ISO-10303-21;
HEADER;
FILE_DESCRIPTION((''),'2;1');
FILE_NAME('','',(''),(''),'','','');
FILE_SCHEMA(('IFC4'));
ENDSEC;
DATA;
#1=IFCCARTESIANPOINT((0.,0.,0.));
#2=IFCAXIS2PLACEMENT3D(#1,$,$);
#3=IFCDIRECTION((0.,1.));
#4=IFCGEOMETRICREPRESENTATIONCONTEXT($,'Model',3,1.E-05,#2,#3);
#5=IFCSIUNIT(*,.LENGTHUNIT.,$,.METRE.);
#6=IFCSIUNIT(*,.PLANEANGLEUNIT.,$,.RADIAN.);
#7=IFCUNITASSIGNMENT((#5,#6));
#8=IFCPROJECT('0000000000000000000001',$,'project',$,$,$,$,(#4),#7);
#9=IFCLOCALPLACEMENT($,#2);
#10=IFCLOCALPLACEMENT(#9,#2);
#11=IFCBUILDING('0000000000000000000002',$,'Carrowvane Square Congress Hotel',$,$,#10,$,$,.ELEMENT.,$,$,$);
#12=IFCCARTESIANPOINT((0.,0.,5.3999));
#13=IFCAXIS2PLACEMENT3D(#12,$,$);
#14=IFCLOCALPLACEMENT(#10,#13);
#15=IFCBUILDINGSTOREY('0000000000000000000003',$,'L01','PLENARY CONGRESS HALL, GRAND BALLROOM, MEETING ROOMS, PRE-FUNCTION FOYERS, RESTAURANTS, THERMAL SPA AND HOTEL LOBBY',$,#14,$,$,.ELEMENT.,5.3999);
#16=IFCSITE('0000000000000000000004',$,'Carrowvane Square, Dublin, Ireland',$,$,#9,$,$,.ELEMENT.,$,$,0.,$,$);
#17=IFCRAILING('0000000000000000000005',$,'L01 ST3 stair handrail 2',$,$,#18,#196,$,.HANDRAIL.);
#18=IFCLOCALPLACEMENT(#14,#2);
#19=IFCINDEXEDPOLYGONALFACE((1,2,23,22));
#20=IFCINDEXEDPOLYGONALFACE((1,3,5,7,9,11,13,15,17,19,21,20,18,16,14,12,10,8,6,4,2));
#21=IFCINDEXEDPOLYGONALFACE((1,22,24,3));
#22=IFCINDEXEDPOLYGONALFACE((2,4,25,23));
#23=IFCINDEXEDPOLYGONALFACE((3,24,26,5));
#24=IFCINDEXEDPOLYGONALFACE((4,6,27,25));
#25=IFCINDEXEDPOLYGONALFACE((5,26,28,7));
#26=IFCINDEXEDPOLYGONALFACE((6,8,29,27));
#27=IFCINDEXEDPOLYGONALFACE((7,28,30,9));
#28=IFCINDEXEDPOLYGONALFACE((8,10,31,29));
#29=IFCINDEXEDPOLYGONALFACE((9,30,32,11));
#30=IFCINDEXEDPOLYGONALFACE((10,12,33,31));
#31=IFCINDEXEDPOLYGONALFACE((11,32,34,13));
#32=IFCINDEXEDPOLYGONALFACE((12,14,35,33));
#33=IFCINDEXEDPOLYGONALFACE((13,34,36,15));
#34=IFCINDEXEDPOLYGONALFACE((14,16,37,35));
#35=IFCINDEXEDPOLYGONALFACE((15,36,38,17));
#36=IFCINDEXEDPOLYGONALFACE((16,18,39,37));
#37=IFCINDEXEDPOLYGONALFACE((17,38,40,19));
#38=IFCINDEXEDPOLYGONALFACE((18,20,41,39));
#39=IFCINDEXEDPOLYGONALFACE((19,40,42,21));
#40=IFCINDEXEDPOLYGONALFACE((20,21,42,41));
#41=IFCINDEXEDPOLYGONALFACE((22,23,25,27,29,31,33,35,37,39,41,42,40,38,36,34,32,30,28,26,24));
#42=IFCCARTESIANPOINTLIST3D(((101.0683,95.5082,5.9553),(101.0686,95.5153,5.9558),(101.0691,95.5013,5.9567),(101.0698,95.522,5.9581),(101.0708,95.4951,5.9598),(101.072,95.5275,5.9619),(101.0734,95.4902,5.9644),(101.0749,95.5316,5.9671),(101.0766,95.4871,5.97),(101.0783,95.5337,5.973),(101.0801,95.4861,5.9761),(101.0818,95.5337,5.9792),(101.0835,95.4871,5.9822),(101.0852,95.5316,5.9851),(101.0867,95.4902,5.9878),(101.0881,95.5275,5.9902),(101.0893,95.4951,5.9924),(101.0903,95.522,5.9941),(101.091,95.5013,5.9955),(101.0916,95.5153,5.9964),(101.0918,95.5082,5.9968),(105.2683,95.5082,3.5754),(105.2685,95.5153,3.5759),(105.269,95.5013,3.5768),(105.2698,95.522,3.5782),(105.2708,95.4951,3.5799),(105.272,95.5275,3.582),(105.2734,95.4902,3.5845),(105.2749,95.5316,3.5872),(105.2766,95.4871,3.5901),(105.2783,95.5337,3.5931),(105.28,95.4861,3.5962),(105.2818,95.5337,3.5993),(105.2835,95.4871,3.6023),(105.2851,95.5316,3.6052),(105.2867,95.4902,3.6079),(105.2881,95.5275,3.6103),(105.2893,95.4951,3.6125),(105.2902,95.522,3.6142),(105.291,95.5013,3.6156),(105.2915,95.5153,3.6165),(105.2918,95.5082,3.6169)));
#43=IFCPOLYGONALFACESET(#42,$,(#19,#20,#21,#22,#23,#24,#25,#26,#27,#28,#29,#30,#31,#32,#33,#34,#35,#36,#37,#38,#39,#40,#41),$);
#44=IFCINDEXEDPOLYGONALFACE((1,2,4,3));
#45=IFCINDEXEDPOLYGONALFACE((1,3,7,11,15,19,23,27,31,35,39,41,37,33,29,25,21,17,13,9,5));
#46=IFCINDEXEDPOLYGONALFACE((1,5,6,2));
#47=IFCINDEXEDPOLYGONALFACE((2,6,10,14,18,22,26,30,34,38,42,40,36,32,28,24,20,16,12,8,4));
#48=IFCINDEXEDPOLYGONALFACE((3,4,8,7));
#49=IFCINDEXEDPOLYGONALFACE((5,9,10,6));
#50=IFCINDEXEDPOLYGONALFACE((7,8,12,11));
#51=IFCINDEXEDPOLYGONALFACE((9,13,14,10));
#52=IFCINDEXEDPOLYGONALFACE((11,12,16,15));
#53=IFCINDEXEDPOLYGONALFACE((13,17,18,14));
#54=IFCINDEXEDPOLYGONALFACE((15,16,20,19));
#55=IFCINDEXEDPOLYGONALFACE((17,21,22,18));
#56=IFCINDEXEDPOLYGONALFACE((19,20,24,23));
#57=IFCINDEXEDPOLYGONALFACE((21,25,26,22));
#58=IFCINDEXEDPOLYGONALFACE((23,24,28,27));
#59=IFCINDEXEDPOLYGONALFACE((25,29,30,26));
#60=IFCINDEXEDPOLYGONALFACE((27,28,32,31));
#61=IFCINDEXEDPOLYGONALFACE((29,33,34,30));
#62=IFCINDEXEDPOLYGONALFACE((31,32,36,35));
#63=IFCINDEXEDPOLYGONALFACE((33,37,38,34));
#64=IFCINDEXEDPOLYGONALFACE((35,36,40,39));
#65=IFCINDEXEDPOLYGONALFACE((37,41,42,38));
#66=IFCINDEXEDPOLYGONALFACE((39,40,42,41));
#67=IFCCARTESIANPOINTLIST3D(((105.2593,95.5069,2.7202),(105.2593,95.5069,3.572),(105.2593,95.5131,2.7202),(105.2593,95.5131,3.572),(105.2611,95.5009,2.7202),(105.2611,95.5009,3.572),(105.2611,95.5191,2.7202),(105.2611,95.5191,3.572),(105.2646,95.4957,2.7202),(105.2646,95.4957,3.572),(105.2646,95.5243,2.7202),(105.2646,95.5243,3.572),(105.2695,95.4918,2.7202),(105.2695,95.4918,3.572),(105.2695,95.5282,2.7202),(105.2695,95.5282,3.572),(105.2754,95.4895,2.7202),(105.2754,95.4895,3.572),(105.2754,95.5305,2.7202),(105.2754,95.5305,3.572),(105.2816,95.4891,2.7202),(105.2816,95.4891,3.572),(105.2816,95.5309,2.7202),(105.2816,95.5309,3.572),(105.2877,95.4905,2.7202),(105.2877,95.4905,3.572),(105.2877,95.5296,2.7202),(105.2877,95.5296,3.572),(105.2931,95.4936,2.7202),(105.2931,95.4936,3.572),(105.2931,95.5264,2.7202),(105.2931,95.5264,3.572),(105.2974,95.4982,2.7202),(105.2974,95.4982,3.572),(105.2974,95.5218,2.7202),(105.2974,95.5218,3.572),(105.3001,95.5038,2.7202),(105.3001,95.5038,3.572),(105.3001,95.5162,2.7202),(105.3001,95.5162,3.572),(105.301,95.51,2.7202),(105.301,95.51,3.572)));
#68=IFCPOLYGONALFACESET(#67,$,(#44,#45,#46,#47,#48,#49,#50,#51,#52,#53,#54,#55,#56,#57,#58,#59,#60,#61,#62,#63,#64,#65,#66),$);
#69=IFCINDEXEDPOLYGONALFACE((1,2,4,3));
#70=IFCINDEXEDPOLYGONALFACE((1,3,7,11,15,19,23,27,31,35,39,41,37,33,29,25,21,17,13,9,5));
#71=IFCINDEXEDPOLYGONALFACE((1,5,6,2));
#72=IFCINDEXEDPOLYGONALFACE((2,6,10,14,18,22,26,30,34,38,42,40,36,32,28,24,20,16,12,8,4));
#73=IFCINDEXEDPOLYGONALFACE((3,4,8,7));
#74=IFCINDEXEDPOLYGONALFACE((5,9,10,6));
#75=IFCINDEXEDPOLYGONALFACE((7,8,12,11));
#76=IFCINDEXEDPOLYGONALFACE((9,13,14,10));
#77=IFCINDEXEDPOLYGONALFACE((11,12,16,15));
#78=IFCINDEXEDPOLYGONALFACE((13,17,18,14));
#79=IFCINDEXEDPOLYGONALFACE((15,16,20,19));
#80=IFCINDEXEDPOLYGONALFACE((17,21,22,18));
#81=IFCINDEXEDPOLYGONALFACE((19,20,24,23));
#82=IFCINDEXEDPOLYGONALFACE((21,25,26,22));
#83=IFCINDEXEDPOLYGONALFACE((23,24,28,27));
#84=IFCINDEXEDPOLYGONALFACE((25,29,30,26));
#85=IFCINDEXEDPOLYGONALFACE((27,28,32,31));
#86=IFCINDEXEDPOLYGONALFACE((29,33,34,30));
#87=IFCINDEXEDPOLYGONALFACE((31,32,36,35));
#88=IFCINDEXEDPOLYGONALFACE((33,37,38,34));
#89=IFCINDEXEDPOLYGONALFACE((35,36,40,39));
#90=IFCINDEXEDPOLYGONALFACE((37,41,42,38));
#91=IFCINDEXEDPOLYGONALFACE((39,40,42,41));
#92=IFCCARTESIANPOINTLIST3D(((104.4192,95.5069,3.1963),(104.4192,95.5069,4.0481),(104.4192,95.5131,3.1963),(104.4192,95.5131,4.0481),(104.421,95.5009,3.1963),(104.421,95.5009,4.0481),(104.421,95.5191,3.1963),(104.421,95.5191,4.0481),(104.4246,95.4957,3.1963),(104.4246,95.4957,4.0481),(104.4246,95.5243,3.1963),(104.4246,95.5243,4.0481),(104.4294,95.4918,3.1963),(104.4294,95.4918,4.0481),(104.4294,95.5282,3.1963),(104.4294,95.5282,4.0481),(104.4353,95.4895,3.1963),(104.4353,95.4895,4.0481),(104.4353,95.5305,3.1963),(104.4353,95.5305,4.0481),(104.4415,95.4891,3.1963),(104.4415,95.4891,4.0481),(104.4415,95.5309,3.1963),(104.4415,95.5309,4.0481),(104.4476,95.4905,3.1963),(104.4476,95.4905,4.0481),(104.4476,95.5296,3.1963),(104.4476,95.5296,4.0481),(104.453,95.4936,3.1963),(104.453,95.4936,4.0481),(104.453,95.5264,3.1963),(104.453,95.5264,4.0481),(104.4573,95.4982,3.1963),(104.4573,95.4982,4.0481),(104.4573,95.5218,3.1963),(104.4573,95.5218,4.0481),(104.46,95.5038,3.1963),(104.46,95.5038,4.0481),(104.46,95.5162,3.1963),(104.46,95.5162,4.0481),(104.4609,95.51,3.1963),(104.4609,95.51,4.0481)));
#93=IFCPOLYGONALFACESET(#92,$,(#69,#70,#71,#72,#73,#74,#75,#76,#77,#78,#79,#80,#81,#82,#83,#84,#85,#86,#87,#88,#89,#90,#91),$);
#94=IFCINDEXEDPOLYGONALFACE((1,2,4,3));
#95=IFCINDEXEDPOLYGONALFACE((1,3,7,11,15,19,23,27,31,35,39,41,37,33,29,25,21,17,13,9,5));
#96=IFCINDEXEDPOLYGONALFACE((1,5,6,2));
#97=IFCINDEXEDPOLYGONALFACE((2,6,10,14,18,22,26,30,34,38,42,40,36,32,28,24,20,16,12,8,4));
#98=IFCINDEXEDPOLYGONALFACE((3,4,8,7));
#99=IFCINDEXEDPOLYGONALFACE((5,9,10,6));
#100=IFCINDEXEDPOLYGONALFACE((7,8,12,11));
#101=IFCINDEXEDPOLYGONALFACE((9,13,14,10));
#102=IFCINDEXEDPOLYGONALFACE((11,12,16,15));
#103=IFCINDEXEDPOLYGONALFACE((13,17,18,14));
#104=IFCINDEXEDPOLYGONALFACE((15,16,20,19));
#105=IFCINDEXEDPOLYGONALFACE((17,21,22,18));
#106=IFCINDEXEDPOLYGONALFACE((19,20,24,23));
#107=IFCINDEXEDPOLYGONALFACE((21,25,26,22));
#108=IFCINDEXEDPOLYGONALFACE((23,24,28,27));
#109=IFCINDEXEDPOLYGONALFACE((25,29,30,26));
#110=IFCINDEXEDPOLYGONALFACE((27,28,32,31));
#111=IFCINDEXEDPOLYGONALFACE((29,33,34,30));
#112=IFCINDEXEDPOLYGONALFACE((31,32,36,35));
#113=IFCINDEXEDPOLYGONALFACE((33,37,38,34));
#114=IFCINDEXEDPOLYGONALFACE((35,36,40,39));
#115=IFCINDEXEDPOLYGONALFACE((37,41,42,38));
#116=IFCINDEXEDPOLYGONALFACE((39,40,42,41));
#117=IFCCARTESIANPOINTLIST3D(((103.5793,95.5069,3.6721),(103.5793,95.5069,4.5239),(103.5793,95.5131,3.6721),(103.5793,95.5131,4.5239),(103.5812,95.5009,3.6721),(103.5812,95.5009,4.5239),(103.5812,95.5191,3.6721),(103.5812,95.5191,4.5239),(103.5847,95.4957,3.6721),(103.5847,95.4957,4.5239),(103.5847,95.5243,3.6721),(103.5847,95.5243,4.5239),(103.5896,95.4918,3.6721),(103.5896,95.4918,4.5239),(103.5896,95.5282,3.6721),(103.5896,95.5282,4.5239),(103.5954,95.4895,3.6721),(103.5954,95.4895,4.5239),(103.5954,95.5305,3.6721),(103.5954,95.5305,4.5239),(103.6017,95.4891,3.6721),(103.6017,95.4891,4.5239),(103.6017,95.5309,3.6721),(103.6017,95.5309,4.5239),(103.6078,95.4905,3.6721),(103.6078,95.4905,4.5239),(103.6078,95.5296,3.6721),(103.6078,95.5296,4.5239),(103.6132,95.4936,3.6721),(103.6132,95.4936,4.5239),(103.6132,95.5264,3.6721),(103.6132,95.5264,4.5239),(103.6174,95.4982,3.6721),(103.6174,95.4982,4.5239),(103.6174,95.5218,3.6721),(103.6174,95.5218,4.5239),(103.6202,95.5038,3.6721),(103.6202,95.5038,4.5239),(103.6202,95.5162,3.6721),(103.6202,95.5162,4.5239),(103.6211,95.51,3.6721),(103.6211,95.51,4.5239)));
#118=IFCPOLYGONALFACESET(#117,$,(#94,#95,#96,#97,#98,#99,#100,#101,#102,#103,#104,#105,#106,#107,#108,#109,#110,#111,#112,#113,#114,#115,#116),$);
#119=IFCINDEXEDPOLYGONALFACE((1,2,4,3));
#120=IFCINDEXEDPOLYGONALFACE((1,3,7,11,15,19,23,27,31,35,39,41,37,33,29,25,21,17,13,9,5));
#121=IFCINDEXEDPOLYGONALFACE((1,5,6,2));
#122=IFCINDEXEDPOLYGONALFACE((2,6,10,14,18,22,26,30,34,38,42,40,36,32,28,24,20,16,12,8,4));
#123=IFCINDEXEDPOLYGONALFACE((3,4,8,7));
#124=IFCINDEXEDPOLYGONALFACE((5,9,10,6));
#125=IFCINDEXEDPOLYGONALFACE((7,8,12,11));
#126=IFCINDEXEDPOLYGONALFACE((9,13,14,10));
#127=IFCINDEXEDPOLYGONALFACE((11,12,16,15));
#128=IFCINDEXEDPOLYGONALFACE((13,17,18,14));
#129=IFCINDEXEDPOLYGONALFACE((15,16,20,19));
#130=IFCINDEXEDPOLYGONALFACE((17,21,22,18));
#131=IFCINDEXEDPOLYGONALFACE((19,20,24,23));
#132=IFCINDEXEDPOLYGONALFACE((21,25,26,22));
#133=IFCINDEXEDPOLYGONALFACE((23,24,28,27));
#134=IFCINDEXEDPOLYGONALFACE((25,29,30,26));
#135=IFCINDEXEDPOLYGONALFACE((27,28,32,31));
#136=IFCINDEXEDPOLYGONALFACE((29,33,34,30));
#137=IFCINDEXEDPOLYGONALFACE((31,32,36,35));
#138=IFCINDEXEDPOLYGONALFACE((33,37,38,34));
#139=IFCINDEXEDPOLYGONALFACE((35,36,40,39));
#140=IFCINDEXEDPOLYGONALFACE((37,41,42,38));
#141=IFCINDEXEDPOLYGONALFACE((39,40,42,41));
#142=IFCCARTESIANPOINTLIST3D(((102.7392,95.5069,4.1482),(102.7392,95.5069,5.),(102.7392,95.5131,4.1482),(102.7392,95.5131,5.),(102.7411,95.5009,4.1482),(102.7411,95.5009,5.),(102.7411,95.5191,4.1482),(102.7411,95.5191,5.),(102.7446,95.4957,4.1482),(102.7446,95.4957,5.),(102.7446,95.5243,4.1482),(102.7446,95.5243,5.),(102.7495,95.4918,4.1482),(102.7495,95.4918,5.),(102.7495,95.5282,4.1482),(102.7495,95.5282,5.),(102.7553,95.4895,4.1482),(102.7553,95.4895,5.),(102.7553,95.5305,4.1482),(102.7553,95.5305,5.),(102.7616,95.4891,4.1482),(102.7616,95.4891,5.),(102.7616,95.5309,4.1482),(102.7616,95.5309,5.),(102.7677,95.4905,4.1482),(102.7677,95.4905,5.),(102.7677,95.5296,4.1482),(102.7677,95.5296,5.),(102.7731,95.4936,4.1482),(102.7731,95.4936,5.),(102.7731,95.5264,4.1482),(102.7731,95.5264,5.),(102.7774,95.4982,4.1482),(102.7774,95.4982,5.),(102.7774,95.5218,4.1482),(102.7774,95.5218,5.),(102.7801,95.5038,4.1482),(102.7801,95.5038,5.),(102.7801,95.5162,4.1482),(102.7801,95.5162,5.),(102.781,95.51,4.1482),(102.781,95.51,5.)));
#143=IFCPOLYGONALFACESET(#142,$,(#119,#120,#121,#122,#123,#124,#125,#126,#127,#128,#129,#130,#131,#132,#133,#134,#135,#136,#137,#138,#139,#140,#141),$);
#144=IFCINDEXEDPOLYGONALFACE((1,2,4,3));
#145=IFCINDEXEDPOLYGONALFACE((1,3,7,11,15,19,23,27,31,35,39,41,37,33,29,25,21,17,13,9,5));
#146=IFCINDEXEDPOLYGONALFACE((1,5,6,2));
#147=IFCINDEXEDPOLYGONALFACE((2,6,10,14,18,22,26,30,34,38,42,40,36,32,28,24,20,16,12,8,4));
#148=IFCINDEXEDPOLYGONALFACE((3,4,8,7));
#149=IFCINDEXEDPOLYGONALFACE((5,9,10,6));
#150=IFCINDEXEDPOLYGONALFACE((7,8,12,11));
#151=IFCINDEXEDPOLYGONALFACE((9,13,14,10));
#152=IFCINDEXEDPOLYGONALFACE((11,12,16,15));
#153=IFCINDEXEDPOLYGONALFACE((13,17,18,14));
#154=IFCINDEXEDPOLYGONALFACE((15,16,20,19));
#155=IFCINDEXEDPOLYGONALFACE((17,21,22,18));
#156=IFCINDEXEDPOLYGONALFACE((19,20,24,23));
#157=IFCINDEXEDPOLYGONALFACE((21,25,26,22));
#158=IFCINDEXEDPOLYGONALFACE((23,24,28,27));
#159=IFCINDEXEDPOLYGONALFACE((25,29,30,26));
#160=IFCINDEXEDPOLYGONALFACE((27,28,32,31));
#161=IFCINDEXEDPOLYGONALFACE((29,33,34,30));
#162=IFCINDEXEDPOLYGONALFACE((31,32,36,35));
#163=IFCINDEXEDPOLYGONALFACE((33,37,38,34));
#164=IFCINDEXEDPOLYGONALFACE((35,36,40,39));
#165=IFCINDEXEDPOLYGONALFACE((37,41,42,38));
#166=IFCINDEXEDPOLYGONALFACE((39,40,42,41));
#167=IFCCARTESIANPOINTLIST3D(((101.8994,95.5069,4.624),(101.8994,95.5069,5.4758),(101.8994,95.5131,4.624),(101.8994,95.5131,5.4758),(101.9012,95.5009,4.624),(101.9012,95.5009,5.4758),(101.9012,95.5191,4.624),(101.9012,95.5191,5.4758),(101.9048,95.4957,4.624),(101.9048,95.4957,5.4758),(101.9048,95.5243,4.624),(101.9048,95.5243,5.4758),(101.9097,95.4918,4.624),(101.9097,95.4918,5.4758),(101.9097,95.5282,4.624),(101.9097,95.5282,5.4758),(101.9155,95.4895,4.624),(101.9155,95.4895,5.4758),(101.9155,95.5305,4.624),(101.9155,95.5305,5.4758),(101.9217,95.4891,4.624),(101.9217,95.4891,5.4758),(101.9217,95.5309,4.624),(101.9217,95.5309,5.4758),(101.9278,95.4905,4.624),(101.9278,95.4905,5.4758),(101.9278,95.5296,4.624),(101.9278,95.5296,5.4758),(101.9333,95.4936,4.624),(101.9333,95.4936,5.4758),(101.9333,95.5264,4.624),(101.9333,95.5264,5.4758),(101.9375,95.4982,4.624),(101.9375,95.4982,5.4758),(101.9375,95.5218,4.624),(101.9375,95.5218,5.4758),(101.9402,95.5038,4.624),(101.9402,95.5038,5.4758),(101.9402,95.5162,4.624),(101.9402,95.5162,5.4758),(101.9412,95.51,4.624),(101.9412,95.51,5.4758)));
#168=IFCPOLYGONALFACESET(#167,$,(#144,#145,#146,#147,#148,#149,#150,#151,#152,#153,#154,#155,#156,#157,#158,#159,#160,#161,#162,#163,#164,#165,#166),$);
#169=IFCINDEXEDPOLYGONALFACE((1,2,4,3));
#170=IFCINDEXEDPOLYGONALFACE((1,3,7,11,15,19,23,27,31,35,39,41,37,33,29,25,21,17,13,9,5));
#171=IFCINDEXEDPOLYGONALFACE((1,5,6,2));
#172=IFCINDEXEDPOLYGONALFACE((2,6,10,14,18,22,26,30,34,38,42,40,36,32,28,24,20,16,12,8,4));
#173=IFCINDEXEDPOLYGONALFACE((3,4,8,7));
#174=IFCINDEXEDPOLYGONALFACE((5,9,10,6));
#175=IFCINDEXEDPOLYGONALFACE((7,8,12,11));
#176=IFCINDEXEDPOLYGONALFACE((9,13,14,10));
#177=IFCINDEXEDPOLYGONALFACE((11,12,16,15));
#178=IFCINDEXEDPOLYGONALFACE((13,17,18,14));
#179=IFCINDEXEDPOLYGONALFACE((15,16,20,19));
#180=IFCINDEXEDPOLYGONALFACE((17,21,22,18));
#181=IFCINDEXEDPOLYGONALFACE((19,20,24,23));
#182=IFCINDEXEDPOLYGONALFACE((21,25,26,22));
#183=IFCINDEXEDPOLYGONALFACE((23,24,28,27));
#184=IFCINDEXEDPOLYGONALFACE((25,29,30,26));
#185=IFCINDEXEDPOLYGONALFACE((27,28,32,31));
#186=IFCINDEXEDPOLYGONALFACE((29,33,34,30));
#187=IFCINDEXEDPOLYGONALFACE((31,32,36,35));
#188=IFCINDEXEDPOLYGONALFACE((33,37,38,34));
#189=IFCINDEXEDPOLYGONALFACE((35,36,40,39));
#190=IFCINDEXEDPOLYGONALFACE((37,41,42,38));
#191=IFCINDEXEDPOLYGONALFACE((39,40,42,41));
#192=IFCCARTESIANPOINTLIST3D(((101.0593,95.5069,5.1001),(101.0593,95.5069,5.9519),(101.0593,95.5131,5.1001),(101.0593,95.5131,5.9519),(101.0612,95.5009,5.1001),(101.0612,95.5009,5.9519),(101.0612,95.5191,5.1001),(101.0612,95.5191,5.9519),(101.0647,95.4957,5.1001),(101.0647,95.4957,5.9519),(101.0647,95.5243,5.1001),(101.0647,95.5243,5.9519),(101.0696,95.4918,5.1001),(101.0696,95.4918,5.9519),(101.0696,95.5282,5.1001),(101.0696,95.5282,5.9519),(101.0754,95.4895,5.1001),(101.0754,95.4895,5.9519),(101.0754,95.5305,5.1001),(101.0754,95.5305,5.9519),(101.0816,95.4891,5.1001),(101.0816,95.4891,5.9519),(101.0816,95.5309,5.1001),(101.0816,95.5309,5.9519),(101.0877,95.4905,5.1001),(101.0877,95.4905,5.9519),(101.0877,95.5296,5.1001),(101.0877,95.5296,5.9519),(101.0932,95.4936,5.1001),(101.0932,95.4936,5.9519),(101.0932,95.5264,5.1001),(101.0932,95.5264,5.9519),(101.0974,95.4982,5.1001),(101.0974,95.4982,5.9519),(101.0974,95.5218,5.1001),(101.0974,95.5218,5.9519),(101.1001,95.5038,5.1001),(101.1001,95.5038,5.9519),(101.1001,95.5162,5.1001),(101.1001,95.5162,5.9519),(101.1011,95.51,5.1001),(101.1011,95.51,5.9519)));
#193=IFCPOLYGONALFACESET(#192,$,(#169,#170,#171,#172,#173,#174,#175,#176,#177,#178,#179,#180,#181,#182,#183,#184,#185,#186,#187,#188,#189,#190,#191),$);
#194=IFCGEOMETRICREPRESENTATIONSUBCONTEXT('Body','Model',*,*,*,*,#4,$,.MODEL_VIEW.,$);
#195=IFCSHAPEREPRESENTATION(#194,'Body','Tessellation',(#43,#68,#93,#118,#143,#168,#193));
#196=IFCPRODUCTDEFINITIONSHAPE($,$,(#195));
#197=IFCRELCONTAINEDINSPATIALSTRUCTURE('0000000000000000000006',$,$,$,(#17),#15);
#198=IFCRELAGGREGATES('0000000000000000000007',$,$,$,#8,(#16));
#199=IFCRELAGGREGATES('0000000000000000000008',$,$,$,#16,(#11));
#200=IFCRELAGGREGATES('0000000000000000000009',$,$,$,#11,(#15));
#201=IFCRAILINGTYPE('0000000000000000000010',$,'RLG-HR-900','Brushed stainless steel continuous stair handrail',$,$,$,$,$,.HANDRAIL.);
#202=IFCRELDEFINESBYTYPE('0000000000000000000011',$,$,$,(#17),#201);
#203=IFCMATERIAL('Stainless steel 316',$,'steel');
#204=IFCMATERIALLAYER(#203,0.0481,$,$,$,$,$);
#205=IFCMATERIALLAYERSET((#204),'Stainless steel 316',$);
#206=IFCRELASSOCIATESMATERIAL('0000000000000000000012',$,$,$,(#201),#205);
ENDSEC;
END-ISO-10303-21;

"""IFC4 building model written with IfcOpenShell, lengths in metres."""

from ifc_helpers import new_model, si_unit, direction, frame, origin, origin_2d, place, context, subcontext, project, spatial, circle, extrude, material, layer, layer_set, type_object, element, save


model = new_model("IFC4")

# Units and contexts
model_context = context("Model", 3, precision=1e-05, world=origin(), true_north=direction((0.0, 1.0)))
body_context = subcontext(model_context, "Body", "Model", "MODEL_VIEW")
ifc_project = project(units=[si_unit("LENGTHUNIT", "METRE"), si_unit("PLANEANGLEUNIT", "RADIAN")], contexts=[model_context])

# Site, building, storey
site_placement = place(None, origin())
site = spatial("IfcSite", under=ifc_project, at=site_placement, Name="Carrowvane Square, Dublin, Ireland", CompositionType="ELEMENT", RefElevation=0.0)
building_placement = place(site_placement, origin())
building = spatial("IfcBuilding", under=site, at=building_placement, Name="Carrowvane Square Congress Hotel", CompositionType="ELEMENT")
storey_placement = place(building_placement, frame((0.0, 0.0, 5.3999)))
storey = spatial("IfcBuildingStorey", under=building, at=storey_placement, Name="L01", Description="PLENARY CONGRESS HALL, GRAND BALLROOM, MEETING ROOMS, PRE-FUNCTION FOYERS, RESTAURANTS, THERMAL SPA AND HOTEL LOBBY", CompositionType="ELEMENT", Elevation=5.3999)

# Railing
ifc_material_1 = material(Name="Stainless steel 316", Category="steel")
ifc_layer_1 = layer(ifc_material_1, 0.0481)
ifc_layer_set_1 = layer_set([ifc_layer_1], Name="Stainless steel 316")
railing_type_1 = type_object("IfcRailingType", Name="RLG-HR-900", Description="Brushed stainless steel continuous stair handrail", PredefinedType="HANDRAIL", material=ifc_layer_set_1)
railing_1_placement = place(storey_placement, frame((105.28, 95.51, 2.7202)))
element("IfcRailing", 1, at=railing_1_placement, inside=storey, type_object=railing_type_1, Name="L01 ST3 stair handrail 2", PredefinedType="HANDRAIL", context=body_context, shape_type="SweptSolid", body=[
    extrude(circle(Radius=0.0239, at=origin_2d()), frame((0.0, 0.0, 0.876), z_axis=(-0.87003, 0.0, 0.492999), x_axis=(0.0, -1.0, 0.0)), (0.0, 0.0, 1.0), 4.8274),
    extrude(circle(Radius=0.021, at=origin_2d()), origin(), (0.0, 0.0, 1.0), 0.8518),
    extrude(circle(Radius=0.021, at=origin_2d()), frame((-0.8401, 0.0, 0.4761)), (0.0, 0.0, 1.0), 0.8518),
    extrude(circle(Radius=0.021, at=origin_2d()), frame((-1.6799, 0.0, 0.9519)), (0.0, 0.0, 1.0), 0.8518),
    extrude(circle(Radius=0.021, at=origin_2d()), frame((-2.52, 0.0, 1.428)), (0.0, 0.0, 1.0), 0.8518),
    extrude(circle(Radius=0.021, at=origin_2d()), frame((-3.3599, 0.0, 1.9038)), (0.0, 0.0, 1.0), 0.8518),
    extrude(circle(Radius=0.021, at=origin_2d()), frame((-4.2, 0.0, 2.3799)), (0.0, 0.0, 1.0), 0.8518),
])

save(model, "model.ifc")
